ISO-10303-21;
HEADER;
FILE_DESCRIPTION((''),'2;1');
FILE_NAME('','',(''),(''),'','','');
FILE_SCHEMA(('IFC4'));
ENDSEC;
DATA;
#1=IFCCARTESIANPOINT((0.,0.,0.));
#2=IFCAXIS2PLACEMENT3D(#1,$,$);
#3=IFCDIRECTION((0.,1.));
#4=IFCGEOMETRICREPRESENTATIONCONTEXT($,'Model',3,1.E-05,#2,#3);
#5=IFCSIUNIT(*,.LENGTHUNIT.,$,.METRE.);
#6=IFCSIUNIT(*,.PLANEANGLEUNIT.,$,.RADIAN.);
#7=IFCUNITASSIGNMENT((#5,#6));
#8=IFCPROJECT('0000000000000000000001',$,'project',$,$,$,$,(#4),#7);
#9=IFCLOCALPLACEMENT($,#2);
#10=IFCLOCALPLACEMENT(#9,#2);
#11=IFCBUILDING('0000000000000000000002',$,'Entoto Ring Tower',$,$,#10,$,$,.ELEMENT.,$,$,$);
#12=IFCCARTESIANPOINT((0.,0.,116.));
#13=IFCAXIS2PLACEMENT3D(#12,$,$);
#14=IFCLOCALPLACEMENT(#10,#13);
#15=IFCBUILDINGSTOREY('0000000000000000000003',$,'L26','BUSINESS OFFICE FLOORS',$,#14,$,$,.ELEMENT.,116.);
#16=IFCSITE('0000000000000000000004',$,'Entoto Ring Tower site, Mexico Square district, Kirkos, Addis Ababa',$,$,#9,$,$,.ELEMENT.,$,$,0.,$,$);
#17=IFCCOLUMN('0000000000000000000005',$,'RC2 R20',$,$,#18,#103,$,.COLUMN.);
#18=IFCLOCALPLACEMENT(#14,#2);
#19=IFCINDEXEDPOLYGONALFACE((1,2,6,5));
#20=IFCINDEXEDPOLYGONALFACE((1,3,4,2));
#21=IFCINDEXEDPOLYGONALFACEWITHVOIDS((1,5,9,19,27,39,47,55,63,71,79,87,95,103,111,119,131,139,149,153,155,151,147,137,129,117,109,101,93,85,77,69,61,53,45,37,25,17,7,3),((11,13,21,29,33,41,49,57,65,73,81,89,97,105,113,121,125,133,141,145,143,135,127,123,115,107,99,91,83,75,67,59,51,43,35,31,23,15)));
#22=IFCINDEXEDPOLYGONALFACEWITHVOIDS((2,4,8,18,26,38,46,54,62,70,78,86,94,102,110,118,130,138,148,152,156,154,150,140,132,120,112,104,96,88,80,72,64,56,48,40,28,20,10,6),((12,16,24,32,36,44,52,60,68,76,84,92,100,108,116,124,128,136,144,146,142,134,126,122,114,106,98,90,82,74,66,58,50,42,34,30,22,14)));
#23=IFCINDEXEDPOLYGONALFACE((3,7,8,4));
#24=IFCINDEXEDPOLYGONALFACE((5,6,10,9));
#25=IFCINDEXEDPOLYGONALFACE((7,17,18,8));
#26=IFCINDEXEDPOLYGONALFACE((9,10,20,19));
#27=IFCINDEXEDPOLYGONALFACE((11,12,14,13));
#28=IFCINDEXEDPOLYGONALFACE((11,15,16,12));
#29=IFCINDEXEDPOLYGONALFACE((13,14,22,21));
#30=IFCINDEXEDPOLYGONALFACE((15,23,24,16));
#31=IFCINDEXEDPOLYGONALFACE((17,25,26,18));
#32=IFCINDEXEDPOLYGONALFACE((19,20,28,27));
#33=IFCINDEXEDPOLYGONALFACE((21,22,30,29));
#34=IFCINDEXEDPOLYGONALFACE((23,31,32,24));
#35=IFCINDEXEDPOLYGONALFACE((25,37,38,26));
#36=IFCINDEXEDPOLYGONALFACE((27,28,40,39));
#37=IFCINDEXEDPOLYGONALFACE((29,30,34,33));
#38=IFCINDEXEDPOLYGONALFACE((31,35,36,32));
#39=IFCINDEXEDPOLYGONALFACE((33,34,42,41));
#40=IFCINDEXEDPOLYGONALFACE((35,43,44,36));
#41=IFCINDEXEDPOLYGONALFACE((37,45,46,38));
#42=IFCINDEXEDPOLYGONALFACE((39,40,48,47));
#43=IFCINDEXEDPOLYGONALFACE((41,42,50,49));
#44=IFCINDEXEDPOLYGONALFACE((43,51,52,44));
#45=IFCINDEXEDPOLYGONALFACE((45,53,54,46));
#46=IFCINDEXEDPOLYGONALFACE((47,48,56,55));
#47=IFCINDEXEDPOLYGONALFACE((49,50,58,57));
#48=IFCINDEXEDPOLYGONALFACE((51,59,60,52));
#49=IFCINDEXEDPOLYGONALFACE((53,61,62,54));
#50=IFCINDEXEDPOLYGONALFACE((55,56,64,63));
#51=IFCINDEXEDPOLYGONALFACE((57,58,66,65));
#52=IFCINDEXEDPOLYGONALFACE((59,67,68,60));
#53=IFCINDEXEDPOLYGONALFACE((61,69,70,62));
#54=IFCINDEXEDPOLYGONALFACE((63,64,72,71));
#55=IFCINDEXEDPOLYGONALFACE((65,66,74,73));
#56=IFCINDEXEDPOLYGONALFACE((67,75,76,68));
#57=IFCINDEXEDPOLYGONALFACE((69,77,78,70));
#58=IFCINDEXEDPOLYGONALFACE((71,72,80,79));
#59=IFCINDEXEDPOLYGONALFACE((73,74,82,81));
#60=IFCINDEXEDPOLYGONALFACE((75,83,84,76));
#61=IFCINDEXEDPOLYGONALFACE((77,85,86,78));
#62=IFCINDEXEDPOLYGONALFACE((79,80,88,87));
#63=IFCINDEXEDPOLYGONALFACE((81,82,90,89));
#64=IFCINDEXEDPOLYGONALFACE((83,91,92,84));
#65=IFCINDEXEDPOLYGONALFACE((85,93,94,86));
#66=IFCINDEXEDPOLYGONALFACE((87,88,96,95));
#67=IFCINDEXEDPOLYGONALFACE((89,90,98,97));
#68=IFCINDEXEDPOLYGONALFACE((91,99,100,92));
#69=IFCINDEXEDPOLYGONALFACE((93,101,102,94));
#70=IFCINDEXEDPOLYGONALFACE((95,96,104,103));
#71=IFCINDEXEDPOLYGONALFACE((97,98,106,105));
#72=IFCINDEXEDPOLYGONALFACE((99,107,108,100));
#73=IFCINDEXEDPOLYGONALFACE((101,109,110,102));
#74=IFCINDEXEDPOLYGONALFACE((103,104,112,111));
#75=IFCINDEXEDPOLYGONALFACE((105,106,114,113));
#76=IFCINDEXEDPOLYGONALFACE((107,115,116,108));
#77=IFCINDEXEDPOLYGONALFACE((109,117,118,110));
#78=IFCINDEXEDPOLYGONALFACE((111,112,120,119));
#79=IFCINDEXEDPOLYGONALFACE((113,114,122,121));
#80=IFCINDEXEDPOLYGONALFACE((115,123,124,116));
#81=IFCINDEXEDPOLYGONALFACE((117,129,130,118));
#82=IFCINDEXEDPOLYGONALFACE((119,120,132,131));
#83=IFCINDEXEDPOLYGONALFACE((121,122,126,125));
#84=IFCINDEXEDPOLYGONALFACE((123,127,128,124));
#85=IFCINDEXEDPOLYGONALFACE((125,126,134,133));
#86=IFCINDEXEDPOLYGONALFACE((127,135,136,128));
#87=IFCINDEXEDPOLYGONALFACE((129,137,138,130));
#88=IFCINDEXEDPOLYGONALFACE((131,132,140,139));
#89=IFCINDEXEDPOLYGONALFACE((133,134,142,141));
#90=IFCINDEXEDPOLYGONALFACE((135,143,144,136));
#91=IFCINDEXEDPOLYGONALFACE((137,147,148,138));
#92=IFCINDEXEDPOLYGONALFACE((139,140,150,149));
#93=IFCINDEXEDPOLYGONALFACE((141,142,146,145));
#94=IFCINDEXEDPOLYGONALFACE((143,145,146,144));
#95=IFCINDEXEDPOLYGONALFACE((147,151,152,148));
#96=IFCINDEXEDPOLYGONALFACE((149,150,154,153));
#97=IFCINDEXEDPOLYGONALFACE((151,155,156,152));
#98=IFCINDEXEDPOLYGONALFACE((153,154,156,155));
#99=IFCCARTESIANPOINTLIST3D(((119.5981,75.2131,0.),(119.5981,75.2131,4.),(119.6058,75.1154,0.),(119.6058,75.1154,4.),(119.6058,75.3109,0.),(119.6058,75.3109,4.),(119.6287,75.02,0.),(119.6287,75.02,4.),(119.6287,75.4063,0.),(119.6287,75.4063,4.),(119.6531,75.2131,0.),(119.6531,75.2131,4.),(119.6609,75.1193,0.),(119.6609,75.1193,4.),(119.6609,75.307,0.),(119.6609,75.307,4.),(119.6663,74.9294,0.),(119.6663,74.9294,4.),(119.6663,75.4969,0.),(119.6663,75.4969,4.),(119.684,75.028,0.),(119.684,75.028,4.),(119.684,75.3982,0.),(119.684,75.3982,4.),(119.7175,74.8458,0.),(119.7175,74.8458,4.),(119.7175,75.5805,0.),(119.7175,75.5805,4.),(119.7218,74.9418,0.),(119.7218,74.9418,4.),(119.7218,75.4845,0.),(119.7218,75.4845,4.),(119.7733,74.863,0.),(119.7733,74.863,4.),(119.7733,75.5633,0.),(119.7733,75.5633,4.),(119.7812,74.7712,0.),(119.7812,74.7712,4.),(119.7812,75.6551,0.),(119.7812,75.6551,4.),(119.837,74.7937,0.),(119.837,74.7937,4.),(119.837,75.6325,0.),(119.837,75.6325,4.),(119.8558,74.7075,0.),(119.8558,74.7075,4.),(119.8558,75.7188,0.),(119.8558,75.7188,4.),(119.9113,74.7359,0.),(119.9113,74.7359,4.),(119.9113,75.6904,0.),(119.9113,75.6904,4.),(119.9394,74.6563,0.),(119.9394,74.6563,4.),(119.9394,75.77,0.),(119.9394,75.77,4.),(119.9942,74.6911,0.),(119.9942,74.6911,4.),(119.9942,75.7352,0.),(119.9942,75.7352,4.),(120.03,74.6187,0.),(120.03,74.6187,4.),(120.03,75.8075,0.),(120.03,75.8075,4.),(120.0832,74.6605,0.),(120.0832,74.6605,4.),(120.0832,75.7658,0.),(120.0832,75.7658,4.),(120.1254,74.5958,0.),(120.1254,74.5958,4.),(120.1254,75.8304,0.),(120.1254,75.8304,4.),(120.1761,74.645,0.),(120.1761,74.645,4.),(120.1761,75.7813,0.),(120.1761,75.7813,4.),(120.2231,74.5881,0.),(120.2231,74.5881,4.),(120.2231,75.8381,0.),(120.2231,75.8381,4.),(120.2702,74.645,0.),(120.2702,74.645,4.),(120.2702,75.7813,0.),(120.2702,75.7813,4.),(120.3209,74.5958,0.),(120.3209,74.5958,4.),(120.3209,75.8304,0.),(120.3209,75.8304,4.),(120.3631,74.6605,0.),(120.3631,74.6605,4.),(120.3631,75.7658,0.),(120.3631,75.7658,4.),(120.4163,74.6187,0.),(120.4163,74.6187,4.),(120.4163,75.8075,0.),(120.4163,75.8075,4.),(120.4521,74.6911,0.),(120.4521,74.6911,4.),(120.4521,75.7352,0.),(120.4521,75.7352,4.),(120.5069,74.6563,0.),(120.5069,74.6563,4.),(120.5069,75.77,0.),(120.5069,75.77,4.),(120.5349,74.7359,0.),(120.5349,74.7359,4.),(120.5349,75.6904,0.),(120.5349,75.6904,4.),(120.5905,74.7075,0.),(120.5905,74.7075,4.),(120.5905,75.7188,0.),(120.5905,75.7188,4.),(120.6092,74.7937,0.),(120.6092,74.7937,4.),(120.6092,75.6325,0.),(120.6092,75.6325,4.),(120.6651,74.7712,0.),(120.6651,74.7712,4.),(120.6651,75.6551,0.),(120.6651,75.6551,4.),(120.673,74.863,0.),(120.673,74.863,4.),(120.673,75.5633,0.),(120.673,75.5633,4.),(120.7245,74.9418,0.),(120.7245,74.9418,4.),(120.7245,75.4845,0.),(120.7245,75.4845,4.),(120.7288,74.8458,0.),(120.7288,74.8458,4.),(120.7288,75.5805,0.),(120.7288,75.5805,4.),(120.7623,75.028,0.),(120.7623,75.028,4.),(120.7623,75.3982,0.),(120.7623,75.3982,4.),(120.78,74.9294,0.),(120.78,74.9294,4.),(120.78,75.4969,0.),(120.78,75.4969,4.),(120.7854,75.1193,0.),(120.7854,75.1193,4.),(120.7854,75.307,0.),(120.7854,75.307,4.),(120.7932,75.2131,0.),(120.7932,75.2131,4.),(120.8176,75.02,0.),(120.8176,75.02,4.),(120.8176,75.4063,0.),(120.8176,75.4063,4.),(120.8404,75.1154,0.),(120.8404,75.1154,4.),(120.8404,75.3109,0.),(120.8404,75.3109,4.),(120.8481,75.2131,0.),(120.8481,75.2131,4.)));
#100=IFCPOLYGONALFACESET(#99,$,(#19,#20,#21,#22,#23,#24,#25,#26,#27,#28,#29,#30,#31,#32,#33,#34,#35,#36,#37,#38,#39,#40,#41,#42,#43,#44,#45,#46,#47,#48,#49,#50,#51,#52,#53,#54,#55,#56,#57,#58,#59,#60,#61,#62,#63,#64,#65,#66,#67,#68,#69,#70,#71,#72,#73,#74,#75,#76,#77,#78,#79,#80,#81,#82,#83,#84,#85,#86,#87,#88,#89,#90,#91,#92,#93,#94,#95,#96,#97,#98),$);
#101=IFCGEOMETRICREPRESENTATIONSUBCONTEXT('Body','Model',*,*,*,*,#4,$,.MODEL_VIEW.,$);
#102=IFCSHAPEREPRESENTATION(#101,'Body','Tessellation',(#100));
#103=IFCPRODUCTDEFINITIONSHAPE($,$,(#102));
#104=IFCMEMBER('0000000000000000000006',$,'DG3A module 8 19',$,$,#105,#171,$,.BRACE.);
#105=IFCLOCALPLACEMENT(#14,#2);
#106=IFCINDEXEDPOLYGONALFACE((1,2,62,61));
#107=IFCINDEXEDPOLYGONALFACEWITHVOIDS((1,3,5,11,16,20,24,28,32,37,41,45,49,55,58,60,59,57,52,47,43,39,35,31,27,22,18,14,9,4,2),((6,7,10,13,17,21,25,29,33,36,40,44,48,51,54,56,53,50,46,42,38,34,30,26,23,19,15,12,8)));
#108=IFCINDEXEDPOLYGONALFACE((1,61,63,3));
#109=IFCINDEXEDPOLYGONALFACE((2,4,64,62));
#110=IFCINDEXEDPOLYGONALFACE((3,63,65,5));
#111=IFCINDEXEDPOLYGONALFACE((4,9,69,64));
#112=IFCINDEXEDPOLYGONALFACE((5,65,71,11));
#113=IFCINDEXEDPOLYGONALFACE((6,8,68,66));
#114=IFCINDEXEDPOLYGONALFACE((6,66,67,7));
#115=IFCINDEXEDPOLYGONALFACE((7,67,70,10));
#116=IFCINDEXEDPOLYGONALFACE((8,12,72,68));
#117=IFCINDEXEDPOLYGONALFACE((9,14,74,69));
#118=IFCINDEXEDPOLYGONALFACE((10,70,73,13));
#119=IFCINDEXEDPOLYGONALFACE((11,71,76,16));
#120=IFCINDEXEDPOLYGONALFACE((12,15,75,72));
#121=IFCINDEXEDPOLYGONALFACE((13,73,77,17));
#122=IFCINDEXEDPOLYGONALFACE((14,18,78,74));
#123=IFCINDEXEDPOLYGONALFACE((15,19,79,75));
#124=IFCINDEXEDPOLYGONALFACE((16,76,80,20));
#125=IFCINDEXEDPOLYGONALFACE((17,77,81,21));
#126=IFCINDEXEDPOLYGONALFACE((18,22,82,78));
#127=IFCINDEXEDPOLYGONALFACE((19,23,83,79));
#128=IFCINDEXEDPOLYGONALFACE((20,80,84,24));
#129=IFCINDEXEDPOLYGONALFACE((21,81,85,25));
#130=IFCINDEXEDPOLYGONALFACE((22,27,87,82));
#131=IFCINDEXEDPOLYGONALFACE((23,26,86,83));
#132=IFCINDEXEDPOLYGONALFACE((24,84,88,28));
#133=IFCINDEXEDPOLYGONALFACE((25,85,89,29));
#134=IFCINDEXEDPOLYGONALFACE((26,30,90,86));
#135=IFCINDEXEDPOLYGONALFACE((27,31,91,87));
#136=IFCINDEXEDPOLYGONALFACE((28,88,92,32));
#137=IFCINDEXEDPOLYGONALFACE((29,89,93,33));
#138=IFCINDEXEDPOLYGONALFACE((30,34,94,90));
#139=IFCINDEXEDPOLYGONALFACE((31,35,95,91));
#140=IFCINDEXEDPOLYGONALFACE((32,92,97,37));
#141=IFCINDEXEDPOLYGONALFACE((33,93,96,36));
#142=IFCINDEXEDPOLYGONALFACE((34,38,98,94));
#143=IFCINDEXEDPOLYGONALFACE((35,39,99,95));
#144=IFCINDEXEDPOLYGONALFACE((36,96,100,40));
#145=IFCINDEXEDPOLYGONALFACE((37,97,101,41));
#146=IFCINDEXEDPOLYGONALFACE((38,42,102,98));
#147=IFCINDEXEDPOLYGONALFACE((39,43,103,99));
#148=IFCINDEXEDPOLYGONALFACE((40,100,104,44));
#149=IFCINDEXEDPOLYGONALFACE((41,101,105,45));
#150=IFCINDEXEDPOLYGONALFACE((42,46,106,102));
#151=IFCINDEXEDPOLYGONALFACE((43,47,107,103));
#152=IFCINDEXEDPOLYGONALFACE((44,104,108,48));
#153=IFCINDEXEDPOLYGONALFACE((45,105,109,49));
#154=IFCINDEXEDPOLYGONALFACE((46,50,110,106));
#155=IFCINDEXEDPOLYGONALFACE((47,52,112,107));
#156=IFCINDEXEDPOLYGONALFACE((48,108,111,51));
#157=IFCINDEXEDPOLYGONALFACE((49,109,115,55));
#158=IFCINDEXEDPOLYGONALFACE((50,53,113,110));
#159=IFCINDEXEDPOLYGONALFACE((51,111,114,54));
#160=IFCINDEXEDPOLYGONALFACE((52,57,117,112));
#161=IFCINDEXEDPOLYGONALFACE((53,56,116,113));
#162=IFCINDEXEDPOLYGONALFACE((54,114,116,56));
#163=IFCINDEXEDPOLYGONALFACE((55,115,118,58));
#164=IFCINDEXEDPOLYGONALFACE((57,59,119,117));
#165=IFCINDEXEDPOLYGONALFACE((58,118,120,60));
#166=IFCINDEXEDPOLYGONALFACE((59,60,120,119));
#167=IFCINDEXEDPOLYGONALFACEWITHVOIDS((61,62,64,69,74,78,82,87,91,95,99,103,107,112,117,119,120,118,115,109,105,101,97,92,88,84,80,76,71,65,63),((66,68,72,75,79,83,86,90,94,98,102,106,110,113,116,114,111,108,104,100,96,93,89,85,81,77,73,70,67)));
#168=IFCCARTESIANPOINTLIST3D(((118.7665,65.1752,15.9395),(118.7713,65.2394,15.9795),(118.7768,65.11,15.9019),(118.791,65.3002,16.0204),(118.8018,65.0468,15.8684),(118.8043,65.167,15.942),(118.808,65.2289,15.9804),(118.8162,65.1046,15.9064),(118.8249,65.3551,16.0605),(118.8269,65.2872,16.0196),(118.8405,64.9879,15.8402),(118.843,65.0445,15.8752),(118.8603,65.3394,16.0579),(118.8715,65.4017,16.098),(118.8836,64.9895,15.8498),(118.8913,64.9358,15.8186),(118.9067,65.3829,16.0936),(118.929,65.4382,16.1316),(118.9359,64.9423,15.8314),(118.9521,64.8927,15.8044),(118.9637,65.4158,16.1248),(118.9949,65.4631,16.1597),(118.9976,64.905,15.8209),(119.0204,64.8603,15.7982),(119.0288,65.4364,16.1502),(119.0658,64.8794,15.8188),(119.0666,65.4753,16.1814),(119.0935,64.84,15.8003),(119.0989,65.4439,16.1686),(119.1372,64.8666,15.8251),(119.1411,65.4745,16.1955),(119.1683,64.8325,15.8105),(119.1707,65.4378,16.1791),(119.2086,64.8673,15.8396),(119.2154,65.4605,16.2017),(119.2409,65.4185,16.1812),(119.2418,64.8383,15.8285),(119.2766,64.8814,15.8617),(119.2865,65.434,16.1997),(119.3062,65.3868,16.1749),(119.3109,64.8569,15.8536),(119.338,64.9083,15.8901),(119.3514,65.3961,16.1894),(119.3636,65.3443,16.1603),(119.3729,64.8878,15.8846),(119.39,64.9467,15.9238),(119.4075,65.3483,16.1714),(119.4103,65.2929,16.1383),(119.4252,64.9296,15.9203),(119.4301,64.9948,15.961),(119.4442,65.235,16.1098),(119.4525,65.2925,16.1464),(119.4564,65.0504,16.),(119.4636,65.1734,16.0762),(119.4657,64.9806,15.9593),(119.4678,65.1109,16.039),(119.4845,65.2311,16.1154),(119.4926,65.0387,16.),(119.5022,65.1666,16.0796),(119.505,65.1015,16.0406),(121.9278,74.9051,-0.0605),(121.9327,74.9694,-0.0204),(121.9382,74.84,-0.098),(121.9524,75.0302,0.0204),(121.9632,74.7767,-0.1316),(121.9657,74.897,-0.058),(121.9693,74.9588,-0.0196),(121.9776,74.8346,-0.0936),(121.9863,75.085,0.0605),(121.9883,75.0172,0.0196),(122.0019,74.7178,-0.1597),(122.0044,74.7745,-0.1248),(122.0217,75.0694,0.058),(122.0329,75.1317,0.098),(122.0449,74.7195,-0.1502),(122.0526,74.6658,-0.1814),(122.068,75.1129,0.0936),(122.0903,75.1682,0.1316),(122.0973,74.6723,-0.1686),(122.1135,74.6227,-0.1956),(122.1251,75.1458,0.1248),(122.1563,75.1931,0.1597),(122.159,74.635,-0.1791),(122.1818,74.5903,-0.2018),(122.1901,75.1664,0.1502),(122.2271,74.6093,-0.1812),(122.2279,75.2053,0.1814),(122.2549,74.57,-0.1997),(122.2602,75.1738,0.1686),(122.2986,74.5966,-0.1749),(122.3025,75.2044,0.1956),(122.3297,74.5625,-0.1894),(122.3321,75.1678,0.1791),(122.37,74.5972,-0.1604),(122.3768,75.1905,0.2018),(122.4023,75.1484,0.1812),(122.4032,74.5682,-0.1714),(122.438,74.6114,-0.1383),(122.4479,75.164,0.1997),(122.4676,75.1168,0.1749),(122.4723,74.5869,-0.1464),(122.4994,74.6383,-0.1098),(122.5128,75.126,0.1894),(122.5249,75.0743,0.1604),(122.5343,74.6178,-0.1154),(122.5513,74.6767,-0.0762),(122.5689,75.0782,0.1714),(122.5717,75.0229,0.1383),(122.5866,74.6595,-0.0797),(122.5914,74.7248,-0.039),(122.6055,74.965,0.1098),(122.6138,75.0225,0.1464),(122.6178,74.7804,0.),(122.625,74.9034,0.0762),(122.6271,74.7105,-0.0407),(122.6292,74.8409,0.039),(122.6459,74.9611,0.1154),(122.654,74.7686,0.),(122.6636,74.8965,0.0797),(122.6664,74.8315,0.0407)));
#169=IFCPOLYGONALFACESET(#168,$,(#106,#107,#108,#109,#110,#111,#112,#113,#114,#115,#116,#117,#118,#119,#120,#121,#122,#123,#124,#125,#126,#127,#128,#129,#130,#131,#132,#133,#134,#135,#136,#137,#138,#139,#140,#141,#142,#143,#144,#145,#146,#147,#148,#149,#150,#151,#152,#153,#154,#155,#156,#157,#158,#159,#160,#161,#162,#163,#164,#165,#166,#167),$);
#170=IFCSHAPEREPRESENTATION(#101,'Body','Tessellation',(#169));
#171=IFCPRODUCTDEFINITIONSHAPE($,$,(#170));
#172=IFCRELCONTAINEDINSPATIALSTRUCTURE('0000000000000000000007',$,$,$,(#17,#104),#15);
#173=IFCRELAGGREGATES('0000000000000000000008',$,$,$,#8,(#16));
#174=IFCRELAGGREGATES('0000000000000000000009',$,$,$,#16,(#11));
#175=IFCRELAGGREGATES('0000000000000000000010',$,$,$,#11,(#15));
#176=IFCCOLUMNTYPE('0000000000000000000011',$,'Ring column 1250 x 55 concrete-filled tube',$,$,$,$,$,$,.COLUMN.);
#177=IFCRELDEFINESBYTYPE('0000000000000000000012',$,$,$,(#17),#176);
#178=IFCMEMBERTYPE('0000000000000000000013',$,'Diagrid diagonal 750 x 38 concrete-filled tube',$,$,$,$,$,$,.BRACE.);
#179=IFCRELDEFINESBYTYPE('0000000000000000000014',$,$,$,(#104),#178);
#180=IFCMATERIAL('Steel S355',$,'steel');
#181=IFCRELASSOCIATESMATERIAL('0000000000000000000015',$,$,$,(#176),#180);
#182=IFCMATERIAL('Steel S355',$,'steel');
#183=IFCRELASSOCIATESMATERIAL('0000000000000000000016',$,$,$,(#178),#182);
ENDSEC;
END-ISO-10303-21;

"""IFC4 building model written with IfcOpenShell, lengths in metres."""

from ifc_helpers import new_model, si_unit, direction, frame, origin, origin_2d, place, context, subcontext, project, spatial, circle, hollow_circle, extrude, material, material_profile, profile_set, type_object, element, save


model = new_model("IFC4")

# Units and contexts
model_context = context("Model", 3, precision=1e-05, world=origin(), true_north=direction((0.0, 1.0)))
body_context = subcontext(model_context, "Body", "Model", "MODEL_VIEW")
ifc_project = project(units=[si_unit("LENGTHUNIT", "METRE"), si_unit("PLANEANGLEUNIT", "RADIAN")], contexts=[model_context])

# Site, building, storey
site_placement = place(None, origin())
site = spatial("IfcSite", under=ifc_project, at=site_placement, Name="Entoto Ring Tower site, Mexico Square district, Kirkos, Addis Ababa", CompositionType="ELEMENT", RefElevation=0.0)
building_placement = place(site_placement, origin())
building = spatial("IfcBuilding", under=site, at=building_placement, Name="Entoto Ring Tower", CompositionType="ELEMENT")
storey_placement = place(building_placement, frame((0.0, 0.0, 116.0)))
storey = spatial("IfcBuildingStorey", under=building, at=storey_placement, Name="L26", Description="BUSINESS OFFICE FLOORS", CompositionType="ELEMENT", Elevation=116.0)

# Column
ifc_material_1 = material(Name="Steel S355", Category="steel")
ifc_material_profile_1 = material_profile(ifc_material_1, hollow_circle(Radius=0.625, WallThickness=0.0549, at=origin_2d()), Name="CHS 1250 x 55")
ifc_material_2 = material(Name="Concrete C60/75", Category="concrete")
ifc_material_profile_2 = material_profile(ifc_material_2, circle(Radius=0.5701, at=origin_2d()), Name="Concrete C60/75 infill")
ifc_profile_set_1 = profile_set([ifc_material_profile_1, ifc_material_profile_2], Name="Steel S355")
column_type = type_object("IfcColumnType", Name="Ring column 1250 x 55 concrete-filled tube", PredefinedType="COLUMN", material=ifc_profile_set_1)
column_placement = place(storey_placement, frame((120.2231, 75.2131, 0.0), z_axis=(0.0, 0.0, 1.0), x_axis=(1.0, 0.0, 0.0)))
element("IfcColumn", 1, at=column_placement, inside=storey, type_object=column_type, Name="RC2 R20", PredefinedType="COLUMN", context=body_context, shape_type="SweptSolid", body=[
    extrude(hollow_circle(Radius=0.625, WallThickness=0.0549, at=origin_2d()), origin(), (0.0, 0.0, 1.0), 4.0),
])

# Member
ifc_material_3 = material(Name="Steel S355", Category="steel")
ifc_material_profile_3 = material_profile(ifc_material_3, hollow_circle(Radius=0.375, WallThickness=0.0381, at=origin_2d()), Name="CHS 750 x 38")
ifc_material_4 = material(Name="Concrete C60/75", Category="concrete")
ifc_material_profile_4 = material_profile(ifc_material_4, circle(Radius=0.3369, at=origin_2d()), Name="Concrete C60/75 infill")
ifc_profile_set_2 = profile_set([ifc_material_profile_3, ifc_material_profile_4], Name="Steel S355")
member_type_1 = type_object("IfcMemberType", Name="Diagrid diagonal 750 x 38 concrete-filled tube", PredefinedType="BRACE", material=ifc_profile_set_2)
member_1_placement = place(storey_placement, frame((122.2974, 74.8845, 0.0), z_axis=(-0.166465, -0.512341, 0.842494), x_axis=(0.951059, -0.309009, 0.0)))
element("IfcMember", 2, at=member_1_placement, inside=storey, type_object=member_type_1, Name="DG3A module 8 19", PredefinedType="BRACE", context=body_context, shape_type="SweptSolid", body=[
    extrude(hollow_circle(Radius=0.375, WallThickness=0.0381, at=origin_2d()), origin(), (0.0, 0.0, 1.0), 18.9912),
])

save(model, "model.ifc")
